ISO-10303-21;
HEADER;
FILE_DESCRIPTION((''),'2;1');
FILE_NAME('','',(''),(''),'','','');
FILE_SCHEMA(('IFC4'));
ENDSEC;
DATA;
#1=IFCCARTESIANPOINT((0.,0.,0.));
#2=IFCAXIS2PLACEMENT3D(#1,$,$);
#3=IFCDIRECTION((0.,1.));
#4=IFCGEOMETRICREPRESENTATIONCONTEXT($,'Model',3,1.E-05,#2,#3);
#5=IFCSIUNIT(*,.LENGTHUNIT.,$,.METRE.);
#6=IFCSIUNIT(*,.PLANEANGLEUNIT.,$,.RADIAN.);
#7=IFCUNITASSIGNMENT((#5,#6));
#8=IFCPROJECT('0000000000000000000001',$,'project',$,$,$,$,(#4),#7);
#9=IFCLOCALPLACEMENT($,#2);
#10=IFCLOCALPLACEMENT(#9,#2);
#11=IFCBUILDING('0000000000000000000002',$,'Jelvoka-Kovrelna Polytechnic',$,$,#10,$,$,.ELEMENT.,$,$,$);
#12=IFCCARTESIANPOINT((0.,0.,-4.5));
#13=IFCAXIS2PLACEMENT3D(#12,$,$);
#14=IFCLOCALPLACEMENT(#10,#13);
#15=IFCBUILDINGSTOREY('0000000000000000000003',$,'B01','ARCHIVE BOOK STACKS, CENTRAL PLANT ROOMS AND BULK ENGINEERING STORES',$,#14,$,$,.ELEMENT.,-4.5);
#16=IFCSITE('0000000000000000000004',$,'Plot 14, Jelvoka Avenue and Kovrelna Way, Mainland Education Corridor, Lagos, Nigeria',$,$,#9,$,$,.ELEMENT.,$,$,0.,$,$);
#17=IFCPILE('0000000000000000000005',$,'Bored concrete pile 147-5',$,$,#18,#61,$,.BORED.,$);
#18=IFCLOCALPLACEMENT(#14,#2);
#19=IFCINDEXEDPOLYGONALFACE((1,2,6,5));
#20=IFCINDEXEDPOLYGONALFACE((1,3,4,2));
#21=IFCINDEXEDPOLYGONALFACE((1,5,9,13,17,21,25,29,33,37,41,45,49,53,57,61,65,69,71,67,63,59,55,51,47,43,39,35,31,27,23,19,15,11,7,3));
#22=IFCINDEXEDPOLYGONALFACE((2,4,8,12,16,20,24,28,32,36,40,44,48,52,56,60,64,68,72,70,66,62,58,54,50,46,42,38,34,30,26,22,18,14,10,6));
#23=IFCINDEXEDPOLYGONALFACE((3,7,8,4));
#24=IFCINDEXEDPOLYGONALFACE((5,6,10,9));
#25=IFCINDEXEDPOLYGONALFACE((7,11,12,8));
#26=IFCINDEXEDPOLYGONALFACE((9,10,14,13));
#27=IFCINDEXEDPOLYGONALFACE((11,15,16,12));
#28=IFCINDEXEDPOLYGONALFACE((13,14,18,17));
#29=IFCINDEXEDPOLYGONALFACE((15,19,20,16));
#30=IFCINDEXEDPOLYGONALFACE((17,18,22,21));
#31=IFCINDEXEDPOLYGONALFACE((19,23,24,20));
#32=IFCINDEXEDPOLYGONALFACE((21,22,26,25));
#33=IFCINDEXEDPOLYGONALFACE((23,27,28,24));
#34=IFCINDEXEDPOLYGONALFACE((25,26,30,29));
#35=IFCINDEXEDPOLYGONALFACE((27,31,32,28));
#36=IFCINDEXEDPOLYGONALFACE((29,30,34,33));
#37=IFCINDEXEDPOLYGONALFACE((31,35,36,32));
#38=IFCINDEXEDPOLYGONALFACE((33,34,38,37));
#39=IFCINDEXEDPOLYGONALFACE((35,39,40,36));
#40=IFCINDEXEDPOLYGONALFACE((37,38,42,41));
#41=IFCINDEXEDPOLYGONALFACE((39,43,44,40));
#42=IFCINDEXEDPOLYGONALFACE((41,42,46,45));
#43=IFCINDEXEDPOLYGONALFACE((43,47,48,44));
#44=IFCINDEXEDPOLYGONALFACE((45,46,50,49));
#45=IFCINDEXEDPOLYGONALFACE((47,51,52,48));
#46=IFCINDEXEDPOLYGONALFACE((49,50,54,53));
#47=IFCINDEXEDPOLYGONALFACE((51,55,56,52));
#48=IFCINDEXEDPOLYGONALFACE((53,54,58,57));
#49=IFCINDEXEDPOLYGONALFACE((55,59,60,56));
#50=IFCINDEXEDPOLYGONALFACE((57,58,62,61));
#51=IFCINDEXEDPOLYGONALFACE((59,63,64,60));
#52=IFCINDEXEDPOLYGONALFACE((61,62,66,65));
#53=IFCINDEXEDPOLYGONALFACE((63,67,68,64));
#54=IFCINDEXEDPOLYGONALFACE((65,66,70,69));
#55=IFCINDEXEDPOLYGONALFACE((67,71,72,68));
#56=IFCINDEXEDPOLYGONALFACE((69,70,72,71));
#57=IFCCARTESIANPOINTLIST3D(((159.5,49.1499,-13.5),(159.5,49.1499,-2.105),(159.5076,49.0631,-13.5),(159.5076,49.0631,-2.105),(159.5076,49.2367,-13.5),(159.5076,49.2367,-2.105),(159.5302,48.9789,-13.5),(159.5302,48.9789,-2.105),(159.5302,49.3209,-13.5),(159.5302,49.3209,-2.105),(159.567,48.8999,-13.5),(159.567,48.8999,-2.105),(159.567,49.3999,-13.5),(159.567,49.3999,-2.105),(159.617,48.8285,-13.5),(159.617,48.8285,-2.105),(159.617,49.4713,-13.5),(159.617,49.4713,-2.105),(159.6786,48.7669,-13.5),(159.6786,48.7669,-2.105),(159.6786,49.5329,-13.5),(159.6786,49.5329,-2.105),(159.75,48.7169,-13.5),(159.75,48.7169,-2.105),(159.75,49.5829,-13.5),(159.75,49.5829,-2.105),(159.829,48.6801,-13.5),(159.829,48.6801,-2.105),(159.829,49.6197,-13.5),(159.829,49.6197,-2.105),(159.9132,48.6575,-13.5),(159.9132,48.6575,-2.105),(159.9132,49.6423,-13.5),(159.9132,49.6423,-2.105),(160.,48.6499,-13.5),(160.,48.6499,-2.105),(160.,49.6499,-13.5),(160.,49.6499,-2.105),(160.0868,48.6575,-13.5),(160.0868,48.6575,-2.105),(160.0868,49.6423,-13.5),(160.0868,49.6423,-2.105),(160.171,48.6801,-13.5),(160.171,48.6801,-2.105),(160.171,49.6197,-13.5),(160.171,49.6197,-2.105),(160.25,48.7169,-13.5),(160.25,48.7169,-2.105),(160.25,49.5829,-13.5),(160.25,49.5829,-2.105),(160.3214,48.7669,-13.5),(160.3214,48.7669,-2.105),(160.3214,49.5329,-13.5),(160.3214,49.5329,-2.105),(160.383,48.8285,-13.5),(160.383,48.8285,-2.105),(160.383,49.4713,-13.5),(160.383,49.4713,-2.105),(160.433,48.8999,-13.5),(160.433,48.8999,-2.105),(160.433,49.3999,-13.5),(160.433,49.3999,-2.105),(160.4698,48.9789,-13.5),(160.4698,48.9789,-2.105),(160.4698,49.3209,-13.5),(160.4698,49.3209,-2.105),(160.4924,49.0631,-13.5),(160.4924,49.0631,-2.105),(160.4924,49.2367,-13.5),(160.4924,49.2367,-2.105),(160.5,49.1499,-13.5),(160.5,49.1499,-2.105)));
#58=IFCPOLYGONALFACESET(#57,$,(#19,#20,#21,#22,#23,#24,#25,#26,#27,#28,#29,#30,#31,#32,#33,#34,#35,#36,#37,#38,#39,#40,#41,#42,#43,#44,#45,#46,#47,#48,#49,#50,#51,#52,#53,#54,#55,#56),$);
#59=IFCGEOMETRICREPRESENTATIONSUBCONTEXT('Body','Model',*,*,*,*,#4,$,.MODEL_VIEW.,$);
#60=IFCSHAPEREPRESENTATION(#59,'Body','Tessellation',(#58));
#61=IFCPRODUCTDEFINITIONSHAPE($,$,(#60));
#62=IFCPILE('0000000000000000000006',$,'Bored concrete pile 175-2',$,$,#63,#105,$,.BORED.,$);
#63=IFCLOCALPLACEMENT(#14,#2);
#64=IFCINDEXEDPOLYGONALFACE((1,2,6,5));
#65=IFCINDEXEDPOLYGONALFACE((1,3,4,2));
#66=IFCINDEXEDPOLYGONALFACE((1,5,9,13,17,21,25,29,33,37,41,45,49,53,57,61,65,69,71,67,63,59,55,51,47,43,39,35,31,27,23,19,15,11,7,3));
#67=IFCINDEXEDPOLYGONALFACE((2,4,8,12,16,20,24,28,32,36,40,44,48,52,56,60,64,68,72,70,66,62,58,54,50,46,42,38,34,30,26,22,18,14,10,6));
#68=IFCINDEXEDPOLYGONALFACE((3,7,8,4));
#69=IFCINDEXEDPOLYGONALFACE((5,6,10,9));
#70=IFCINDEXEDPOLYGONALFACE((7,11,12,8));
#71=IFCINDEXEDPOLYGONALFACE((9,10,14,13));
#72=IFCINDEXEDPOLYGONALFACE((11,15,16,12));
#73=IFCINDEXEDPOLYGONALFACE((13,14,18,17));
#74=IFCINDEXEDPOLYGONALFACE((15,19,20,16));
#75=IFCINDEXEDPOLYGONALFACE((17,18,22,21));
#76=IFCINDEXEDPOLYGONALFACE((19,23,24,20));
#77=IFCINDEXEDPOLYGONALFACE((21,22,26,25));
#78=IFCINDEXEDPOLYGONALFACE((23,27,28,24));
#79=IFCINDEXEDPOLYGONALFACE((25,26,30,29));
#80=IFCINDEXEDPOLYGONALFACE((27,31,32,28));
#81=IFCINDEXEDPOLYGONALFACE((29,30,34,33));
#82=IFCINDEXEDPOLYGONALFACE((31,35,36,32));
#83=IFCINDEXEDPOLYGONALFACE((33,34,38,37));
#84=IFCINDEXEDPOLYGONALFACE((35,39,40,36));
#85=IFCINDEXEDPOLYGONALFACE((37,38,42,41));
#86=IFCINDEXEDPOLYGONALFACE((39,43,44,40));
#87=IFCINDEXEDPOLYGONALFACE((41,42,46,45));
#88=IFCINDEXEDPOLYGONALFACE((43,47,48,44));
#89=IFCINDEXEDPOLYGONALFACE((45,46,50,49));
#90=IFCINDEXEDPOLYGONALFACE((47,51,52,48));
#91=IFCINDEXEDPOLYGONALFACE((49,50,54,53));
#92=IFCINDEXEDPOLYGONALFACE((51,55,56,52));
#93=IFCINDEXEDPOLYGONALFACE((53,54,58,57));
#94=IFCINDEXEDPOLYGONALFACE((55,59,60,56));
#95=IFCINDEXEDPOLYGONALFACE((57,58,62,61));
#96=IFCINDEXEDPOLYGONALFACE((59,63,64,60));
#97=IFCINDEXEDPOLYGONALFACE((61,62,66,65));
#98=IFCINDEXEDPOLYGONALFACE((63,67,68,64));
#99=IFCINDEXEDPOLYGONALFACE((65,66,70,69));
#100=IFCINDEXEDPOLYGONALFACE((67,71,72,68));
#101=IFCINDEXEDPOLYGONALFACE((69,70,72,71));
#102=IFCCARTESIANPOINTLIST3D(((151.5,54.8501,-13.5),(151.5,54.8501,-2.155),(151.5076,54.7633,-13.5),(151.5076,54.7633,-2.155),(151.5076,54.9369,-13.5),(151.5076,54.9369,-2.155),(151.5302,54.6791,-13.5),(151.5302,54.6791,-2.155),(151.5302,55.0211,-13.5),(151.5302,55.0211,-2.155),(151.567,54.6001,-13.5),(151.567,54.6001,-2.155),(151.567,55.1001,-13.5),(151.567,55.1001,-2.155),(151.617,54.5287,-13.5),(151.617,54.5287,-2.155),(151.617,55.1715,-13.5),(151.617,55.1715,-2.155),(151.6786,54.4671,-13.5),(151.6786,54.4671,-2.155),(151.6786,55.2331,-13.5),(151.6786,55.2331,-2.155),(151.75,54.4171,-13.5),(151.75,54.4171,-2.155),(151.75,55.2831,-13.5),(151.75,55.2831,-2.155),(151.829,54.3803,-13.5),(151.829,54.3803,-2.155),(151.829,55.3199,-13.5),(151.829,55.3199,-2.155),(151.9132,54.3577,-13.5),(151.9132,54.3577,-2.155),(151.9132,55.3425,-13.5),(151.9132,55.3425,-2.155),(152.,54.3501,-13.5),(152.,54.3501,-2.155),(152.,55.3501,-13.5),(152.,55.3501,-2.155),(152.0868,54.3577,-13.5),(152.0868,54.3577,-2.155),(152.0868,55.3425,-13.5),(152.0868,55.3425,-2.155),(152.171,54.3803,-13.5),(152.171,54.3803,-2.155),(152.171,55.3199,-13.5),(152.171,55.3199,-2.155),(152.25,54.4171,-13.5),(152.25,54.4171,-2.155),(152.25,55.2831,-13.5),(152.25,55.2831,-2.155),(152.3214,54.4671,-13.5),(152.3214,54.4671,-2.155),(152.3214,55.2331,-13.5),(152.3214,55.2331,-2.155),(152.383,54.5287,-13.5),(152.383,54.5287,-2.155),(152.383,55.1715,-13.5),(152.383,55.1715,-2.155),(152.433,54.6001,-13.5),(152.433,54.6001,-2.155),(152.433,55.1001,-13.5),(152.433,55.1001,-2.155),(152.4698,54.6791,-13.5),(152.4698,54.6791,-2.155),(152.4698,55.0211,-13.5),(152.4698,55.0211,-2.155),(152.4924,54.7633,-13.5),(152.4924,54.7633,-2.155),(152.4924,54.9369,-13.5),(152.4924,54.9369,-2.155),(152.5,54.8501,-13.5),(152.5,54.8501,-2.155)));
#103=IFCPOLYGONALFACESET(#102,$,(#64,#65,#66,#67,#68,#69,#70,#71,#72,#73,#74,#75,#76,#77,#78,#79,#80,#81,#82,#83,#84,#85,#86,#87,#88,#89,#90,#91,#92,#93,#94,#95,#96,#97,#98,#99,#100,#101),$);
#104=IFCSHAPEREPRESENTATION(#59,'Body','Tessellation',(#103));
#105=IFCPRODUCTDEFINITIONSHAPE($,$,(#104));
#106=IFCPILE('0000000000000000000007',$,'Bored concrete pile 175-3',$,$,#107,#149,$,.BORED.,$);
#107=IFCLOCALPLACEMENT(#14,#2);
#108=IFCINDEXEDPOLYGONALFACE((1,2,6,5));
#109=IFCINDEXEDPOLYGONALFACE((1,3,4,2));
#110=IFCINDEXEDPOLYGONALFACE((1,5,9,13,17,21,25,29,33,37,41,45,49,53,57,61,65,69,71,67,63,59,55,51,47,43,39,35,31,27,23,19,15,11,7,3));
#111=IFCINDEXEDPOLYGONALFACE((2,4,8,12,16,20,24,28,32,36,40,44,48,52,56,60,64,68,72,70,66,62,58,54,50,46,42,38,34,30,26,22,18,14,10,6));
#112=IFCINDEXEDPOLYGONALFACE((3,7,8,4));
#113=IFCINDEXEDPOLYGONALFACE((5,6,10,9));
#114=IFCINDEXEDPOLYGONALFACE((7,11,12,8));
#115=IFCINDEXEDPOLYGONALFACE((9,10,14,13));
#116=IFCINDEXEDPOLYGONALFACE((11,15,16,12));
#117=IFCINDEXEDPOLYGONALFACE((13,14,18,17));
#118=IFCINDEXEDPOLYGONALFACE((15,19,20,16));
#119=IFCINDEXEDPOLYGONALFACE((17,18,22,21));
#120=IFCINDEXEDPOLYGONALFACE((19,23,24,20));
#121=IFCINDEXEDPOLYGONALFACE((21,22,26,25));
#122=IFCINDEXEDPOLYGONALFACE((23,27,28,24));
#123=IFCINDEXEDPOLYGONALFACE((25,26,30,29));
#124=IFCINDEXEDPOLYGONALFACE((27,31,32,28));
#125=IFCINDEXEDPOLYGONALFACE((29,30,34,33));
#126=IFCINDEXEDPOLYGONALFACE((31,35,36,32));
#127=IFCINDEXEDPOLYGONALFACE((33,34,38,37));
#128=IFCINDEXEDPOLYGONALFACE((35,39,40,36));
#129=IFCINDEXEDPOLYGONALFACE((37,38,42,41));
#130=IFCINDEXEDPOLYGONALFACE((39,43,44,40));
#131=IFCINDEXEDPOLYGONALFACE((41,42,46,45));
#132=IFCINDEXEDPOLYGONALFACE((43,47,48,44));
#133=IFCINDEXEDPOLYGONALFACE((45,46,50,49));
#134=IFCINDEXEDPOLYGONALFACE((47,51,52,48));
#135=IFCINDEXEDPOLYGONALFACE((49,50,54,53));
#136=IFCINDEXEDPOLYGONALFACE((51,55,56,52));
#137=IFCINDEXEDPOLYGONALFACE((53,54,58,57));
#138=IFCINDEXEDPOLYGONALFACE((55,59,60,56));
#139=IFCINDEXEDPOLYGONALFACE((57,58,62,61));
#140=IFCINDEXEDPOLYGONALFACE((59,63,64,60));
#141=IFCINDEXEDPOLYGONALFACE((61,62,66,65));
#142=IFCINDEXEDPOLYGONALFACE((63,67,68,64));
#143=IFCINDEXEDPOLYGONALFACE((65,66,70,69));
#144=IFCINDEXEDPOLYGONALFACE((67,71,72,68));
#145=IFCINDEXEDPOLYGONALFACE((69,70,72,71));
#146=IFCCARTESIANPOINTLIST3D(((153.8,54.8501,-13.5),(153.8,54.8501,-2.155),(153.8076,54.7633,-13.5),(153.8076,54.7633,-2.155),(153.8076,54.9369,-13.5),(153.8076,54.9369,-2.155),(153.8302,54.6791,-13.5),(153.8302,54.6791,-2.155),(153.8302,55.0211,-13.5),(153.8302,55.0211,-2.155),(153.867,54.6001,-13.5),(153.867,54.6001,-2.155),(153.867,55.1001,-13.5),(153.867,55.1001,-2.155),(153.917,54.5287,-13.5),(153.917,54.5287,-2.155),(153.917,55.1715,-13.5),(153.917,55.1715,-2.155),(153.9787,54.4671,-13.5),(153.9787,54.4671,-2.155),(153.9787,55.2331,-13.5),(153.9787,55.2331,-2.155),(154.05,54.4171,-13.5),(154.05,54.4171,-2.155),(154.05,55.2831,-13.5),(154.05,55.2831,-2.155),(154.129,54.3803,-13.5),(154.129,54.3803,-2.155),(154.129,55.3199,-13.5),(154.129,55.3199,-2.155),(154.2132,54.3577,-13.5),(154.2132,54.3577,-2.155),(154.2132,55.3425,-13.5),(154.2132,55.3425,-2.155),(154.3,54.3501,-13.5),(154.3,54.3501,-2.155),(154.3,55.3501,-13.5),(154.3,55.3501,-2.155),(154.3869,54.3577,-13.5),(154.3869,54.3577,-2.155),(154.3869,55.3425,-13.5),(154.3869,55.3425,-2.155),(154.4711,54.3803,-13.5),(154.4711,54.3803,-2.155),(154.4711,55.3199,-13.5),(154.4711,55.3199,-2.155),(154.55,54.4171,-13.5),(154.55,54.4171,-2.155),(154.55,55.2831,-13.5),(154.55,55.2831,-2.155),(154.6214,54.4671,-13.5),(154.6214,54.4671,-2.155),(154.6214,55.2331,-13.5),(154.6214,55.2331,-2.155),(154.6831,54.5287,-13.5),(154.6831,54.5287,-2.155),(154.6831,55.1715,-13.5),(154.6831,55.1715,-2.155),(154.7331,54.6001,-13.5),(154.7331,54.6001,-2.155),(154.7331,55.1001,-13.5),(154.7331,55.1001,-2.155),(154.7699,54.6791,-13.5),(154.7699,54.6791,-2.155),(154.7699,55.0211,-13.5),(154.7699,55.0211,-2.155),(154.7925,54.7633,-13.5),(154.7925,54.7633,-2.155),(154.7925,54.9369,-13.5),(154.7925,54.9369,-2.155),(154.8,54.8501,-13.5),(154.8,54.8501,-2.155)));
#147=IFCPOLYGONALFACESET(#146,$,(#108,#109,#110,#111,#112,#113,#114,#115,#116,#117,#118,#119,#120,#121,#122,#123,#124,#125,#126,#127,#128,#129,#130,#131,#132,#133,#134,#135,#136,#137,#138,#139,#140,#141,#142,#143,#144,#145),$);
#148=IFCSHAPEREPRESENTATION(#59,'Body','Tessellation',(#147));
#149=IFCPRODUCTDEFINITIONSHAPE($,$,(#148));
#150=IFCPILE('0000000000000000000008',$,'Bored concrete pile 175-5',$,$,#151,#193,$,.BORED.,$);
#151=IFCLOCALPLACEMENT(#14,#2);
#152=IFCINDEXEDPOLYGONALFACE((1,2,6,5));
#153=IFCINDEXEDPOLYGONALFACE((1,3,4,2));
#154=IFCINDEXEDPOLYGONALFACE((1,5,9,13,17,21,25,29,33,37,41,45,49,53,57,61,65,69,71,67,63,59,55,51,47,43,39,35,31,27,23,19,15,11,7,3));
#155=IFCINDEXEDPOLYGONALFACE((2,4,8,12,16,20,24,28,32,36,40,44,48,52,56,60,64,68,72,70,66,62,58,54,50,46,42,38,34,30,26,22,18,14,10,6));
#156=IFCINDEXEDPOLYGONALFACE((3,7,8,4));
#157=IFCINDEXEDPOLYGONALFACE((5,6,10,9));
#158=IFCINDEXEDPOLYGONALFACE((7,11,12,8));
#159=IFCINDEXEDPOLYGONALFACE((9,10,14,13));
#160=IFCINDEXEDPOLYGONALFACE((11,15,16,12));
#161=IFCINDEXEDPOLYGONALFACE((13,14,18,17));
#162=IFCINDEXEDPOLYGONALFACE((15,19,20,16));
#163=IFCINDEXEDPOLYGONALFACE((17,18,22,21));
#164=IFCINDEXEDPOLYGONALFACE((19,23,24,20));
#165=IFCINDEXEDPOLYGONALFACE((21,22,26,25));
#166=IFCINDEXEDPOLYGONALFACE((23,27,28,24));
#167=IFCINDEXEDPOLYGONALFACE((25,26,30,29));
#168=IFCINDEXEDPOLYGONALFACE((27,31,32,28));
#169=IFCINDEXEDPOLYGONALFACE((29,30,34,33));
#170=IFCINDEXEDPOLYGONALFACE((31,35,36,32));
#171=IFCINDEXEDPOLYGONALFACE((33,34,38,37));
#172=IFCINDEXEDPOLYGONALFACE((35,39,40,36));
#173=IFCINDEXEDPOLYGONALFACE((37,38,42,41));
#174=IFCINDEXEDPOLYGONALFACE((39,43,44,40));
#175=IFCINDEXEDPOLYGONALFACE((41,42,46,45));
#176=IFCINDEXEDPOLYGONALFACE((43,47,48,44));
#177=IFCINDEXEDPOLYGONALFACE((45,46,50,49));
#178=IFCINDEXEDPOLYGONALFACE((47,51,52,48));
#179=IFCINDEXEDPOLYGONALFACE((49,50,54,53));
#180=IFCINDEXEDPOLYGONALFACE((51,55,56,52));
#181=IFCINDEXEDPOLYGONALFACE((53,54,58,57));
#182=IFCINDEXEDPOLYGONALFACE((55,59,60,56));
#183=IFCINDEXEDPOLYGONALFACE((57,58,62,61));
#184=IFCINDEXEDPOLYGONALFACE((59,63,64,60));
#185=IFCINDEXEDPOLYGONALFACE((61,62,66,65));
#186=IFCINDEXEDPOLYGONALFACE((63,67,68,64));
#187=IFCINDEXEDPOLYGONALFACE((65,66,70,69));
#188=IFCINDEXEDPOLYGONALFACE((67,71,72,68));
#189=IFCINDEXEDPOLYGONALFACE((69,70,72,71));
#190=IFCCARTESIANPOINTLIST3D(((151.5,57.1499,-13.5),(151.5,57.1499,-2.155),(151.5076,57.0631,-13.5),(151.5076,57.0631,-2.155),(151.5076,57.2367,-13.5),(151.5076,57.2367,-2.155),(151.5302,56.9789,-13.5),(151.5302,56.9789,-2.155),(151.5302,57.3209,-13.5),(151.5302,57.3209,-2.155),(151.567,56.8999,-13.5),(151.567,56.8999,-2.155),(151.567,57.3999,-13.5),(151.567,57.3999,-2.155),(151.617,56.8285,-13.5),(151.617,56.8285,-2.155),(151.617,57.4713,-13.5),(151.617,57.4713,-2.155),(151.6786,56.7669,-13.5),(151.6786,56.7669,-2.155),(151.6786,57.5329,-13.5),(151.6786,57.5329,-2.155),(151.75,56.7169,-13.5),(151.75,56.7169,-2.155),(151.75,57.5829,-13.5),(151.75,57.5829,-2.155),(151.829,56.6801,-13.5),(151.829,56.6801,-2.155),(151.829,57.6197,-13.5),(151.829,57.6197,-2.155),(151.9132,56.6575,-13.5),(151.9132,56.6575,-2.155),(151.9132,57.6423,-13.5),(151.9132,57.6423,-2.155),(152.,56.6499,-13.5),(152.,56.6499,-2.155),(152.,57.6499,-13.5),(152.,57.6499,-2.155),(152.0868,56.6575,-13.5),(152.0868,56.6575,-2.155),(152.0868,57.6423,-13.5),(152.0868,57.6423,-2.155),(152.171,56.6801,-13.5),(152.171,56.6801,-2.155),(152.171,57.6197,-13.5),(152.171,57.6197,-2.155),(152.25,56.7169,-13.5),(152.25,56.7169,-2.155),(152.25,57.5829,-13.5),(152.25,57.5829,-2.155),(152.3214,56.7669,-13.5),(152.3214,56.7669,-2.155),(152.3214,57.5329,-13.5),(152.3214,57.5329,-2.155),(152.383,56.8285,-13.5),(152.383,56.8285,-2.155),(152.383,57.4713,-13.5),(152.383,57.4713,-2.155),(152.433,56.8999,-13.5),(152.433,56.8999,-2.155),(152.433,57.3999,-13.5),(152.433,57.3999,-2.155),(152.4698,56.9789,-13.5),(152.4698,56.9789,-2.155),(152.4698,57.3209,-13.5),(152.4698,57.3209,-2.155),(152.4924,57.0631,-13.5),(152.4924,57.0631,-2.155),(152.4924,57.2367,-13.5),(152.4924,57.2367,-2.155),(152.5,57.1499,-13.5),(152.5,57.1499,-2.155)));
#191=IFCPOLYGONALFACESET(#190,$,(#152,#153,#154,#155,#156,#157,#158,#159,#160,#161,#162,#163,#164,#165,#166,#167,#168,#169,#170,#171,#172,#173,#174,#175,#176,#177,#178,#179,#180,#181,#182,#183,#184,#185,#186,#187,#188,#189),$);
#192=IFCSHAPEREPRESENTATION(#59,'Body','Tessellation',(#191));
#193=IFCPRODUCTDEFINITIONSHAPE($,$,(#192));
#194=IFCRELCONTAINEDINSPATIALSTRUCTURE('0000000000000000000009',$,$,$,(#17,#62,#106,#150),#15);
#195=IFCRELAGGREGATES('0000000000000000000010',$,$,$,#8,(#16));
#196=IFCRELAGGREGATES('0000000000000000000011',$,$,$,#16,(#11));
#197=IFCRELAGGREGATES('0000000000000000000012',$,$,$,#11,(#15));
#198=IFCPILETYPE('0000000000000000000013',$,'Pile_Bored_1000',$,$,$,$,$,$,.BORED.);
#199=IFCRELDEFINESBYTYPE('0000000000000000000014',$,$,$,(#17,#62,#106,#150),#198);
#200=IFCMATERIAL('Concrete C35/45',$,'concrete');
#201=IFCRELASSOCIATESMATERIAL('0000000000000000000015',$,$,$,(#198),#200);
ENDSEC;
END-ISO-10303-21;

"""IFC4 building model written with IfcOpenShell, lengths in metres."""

from ifc_helpers import new_model, si_unit, direction, frame, origin, origin_2d, place, context, subcontext, project, spatial, circle, extrude, material, material_profile, profile_set, type_object, element, save


model = new_model("IFC4")

# Units and contexts
model_context = context("Model", 3, precision=1e-05, world=origin(), true_north=direction((0.0, 1.0)))
body_context = subcontext(model_context, "Body", "Model", "MODEL_VIEW")
ifc_project = project(units=[si_unit("LENGTHUNIT", "METRE"), si_unit("PLANEANGLEUNIT", "RADIAN")], contexts=[model_context])

# Site, building, storey
site_placement = place(None, origin())
site = spatial("IfcSite", under=ifc_project, at=site_placement, Name="Plot 14, Jelvoka Avenue and Kovrelna Way, Mainland Education Corridor, Lagos, Nigeria", CompositionType="ELEMENT", RefElevation=0.0)
building_placement = place(site_placement, origin())
building = spatial("IfcBuilding", under=site, at=building_placement, Name="Jelvoka-Kovrelna Polytechnic", CompositionType="ELEMENT")
storey_placement = place(building_placement, frame((0.0, 0.0, -4.5)))
storey = spatial("IfcBuildingStorey", under=building, at=storey_placement, Name="B01", Description="ARCHIVE BOOK STACKS, CENTRAL PLANT ROOMS AND BULK ENGINEERING STORES", CompositionType="ELEMENT", Elevation=-4.5)

# Piles
ifc_material_1 = material(Name="Concrete C35/45", Category="concrete")
ifc_material_profile_1 = material_profile(ifc_material_1, circle(Radius=0.5, at=origin_2d()), Name="PILE D1000")
ifc_profile_set_1 = profile_set([ifc_material_profile_1], Name="Concrete C35/45")
pile_type = type_object("IfcPileType", Name="Pile_Bored_1000", PredefinedType="BORED", material=ifc_profile_set_1)
for number, where, z_axis, x_axis, name in (
    (1, (160.0, 49.1499, -2.105), (0.0, 0.0, -1.0), (1.0, 0.0, 0.0), "Bored concrete pile 147-5"),
):
    element("IfcPile", number, at=place(storey_placement, frame(where, z_axis=z_axis, x_axis=x_axis)), inside=storey, type_object=pile_type, Name=name, PredefinedType="BORED", context=body_context, shape_type="SweptSolid", body=[
        extrude(circle(Radius=0.5, at=origin_2d()), origin(), (0.0, 0.0, 1.0), 11.395),
    ])
for number, where, z_axis, x_axis, name in (
    (2, (152.0, 54.8501, -2.155), (0.0, 0.0, -1.0), (1.0, 0.0, 0.0), "Bored concrete pile 175-2"),
    (3, (154.3, 54.8501, -2.155), (0.0, 0.0, -1.0), (1.0, 0.0, 0.0), "Bored concrete pile 175-3"),
    (4, (152.0, 57.1499, -2.155), (0.0, 0.0, -1.0), (1.0, 0.0, 0.0), "Bored concrete pile 175-5"),
):
    element("IfcPile", number, at=place(storey_placement, frame(where, z_axis=z_axis, x_axis=x_axis)), inside=storey, type_object=pile_type, Name=name, PredefinedType="BORED", context=body_context, shape_type="SweptSolid", body=[
        extrude(circle(Radius=0.5, at=origin_2d()), origin(), (0.0, 0.0, 1.0), 11.345),
    ])

save(model, "model.ifc")
